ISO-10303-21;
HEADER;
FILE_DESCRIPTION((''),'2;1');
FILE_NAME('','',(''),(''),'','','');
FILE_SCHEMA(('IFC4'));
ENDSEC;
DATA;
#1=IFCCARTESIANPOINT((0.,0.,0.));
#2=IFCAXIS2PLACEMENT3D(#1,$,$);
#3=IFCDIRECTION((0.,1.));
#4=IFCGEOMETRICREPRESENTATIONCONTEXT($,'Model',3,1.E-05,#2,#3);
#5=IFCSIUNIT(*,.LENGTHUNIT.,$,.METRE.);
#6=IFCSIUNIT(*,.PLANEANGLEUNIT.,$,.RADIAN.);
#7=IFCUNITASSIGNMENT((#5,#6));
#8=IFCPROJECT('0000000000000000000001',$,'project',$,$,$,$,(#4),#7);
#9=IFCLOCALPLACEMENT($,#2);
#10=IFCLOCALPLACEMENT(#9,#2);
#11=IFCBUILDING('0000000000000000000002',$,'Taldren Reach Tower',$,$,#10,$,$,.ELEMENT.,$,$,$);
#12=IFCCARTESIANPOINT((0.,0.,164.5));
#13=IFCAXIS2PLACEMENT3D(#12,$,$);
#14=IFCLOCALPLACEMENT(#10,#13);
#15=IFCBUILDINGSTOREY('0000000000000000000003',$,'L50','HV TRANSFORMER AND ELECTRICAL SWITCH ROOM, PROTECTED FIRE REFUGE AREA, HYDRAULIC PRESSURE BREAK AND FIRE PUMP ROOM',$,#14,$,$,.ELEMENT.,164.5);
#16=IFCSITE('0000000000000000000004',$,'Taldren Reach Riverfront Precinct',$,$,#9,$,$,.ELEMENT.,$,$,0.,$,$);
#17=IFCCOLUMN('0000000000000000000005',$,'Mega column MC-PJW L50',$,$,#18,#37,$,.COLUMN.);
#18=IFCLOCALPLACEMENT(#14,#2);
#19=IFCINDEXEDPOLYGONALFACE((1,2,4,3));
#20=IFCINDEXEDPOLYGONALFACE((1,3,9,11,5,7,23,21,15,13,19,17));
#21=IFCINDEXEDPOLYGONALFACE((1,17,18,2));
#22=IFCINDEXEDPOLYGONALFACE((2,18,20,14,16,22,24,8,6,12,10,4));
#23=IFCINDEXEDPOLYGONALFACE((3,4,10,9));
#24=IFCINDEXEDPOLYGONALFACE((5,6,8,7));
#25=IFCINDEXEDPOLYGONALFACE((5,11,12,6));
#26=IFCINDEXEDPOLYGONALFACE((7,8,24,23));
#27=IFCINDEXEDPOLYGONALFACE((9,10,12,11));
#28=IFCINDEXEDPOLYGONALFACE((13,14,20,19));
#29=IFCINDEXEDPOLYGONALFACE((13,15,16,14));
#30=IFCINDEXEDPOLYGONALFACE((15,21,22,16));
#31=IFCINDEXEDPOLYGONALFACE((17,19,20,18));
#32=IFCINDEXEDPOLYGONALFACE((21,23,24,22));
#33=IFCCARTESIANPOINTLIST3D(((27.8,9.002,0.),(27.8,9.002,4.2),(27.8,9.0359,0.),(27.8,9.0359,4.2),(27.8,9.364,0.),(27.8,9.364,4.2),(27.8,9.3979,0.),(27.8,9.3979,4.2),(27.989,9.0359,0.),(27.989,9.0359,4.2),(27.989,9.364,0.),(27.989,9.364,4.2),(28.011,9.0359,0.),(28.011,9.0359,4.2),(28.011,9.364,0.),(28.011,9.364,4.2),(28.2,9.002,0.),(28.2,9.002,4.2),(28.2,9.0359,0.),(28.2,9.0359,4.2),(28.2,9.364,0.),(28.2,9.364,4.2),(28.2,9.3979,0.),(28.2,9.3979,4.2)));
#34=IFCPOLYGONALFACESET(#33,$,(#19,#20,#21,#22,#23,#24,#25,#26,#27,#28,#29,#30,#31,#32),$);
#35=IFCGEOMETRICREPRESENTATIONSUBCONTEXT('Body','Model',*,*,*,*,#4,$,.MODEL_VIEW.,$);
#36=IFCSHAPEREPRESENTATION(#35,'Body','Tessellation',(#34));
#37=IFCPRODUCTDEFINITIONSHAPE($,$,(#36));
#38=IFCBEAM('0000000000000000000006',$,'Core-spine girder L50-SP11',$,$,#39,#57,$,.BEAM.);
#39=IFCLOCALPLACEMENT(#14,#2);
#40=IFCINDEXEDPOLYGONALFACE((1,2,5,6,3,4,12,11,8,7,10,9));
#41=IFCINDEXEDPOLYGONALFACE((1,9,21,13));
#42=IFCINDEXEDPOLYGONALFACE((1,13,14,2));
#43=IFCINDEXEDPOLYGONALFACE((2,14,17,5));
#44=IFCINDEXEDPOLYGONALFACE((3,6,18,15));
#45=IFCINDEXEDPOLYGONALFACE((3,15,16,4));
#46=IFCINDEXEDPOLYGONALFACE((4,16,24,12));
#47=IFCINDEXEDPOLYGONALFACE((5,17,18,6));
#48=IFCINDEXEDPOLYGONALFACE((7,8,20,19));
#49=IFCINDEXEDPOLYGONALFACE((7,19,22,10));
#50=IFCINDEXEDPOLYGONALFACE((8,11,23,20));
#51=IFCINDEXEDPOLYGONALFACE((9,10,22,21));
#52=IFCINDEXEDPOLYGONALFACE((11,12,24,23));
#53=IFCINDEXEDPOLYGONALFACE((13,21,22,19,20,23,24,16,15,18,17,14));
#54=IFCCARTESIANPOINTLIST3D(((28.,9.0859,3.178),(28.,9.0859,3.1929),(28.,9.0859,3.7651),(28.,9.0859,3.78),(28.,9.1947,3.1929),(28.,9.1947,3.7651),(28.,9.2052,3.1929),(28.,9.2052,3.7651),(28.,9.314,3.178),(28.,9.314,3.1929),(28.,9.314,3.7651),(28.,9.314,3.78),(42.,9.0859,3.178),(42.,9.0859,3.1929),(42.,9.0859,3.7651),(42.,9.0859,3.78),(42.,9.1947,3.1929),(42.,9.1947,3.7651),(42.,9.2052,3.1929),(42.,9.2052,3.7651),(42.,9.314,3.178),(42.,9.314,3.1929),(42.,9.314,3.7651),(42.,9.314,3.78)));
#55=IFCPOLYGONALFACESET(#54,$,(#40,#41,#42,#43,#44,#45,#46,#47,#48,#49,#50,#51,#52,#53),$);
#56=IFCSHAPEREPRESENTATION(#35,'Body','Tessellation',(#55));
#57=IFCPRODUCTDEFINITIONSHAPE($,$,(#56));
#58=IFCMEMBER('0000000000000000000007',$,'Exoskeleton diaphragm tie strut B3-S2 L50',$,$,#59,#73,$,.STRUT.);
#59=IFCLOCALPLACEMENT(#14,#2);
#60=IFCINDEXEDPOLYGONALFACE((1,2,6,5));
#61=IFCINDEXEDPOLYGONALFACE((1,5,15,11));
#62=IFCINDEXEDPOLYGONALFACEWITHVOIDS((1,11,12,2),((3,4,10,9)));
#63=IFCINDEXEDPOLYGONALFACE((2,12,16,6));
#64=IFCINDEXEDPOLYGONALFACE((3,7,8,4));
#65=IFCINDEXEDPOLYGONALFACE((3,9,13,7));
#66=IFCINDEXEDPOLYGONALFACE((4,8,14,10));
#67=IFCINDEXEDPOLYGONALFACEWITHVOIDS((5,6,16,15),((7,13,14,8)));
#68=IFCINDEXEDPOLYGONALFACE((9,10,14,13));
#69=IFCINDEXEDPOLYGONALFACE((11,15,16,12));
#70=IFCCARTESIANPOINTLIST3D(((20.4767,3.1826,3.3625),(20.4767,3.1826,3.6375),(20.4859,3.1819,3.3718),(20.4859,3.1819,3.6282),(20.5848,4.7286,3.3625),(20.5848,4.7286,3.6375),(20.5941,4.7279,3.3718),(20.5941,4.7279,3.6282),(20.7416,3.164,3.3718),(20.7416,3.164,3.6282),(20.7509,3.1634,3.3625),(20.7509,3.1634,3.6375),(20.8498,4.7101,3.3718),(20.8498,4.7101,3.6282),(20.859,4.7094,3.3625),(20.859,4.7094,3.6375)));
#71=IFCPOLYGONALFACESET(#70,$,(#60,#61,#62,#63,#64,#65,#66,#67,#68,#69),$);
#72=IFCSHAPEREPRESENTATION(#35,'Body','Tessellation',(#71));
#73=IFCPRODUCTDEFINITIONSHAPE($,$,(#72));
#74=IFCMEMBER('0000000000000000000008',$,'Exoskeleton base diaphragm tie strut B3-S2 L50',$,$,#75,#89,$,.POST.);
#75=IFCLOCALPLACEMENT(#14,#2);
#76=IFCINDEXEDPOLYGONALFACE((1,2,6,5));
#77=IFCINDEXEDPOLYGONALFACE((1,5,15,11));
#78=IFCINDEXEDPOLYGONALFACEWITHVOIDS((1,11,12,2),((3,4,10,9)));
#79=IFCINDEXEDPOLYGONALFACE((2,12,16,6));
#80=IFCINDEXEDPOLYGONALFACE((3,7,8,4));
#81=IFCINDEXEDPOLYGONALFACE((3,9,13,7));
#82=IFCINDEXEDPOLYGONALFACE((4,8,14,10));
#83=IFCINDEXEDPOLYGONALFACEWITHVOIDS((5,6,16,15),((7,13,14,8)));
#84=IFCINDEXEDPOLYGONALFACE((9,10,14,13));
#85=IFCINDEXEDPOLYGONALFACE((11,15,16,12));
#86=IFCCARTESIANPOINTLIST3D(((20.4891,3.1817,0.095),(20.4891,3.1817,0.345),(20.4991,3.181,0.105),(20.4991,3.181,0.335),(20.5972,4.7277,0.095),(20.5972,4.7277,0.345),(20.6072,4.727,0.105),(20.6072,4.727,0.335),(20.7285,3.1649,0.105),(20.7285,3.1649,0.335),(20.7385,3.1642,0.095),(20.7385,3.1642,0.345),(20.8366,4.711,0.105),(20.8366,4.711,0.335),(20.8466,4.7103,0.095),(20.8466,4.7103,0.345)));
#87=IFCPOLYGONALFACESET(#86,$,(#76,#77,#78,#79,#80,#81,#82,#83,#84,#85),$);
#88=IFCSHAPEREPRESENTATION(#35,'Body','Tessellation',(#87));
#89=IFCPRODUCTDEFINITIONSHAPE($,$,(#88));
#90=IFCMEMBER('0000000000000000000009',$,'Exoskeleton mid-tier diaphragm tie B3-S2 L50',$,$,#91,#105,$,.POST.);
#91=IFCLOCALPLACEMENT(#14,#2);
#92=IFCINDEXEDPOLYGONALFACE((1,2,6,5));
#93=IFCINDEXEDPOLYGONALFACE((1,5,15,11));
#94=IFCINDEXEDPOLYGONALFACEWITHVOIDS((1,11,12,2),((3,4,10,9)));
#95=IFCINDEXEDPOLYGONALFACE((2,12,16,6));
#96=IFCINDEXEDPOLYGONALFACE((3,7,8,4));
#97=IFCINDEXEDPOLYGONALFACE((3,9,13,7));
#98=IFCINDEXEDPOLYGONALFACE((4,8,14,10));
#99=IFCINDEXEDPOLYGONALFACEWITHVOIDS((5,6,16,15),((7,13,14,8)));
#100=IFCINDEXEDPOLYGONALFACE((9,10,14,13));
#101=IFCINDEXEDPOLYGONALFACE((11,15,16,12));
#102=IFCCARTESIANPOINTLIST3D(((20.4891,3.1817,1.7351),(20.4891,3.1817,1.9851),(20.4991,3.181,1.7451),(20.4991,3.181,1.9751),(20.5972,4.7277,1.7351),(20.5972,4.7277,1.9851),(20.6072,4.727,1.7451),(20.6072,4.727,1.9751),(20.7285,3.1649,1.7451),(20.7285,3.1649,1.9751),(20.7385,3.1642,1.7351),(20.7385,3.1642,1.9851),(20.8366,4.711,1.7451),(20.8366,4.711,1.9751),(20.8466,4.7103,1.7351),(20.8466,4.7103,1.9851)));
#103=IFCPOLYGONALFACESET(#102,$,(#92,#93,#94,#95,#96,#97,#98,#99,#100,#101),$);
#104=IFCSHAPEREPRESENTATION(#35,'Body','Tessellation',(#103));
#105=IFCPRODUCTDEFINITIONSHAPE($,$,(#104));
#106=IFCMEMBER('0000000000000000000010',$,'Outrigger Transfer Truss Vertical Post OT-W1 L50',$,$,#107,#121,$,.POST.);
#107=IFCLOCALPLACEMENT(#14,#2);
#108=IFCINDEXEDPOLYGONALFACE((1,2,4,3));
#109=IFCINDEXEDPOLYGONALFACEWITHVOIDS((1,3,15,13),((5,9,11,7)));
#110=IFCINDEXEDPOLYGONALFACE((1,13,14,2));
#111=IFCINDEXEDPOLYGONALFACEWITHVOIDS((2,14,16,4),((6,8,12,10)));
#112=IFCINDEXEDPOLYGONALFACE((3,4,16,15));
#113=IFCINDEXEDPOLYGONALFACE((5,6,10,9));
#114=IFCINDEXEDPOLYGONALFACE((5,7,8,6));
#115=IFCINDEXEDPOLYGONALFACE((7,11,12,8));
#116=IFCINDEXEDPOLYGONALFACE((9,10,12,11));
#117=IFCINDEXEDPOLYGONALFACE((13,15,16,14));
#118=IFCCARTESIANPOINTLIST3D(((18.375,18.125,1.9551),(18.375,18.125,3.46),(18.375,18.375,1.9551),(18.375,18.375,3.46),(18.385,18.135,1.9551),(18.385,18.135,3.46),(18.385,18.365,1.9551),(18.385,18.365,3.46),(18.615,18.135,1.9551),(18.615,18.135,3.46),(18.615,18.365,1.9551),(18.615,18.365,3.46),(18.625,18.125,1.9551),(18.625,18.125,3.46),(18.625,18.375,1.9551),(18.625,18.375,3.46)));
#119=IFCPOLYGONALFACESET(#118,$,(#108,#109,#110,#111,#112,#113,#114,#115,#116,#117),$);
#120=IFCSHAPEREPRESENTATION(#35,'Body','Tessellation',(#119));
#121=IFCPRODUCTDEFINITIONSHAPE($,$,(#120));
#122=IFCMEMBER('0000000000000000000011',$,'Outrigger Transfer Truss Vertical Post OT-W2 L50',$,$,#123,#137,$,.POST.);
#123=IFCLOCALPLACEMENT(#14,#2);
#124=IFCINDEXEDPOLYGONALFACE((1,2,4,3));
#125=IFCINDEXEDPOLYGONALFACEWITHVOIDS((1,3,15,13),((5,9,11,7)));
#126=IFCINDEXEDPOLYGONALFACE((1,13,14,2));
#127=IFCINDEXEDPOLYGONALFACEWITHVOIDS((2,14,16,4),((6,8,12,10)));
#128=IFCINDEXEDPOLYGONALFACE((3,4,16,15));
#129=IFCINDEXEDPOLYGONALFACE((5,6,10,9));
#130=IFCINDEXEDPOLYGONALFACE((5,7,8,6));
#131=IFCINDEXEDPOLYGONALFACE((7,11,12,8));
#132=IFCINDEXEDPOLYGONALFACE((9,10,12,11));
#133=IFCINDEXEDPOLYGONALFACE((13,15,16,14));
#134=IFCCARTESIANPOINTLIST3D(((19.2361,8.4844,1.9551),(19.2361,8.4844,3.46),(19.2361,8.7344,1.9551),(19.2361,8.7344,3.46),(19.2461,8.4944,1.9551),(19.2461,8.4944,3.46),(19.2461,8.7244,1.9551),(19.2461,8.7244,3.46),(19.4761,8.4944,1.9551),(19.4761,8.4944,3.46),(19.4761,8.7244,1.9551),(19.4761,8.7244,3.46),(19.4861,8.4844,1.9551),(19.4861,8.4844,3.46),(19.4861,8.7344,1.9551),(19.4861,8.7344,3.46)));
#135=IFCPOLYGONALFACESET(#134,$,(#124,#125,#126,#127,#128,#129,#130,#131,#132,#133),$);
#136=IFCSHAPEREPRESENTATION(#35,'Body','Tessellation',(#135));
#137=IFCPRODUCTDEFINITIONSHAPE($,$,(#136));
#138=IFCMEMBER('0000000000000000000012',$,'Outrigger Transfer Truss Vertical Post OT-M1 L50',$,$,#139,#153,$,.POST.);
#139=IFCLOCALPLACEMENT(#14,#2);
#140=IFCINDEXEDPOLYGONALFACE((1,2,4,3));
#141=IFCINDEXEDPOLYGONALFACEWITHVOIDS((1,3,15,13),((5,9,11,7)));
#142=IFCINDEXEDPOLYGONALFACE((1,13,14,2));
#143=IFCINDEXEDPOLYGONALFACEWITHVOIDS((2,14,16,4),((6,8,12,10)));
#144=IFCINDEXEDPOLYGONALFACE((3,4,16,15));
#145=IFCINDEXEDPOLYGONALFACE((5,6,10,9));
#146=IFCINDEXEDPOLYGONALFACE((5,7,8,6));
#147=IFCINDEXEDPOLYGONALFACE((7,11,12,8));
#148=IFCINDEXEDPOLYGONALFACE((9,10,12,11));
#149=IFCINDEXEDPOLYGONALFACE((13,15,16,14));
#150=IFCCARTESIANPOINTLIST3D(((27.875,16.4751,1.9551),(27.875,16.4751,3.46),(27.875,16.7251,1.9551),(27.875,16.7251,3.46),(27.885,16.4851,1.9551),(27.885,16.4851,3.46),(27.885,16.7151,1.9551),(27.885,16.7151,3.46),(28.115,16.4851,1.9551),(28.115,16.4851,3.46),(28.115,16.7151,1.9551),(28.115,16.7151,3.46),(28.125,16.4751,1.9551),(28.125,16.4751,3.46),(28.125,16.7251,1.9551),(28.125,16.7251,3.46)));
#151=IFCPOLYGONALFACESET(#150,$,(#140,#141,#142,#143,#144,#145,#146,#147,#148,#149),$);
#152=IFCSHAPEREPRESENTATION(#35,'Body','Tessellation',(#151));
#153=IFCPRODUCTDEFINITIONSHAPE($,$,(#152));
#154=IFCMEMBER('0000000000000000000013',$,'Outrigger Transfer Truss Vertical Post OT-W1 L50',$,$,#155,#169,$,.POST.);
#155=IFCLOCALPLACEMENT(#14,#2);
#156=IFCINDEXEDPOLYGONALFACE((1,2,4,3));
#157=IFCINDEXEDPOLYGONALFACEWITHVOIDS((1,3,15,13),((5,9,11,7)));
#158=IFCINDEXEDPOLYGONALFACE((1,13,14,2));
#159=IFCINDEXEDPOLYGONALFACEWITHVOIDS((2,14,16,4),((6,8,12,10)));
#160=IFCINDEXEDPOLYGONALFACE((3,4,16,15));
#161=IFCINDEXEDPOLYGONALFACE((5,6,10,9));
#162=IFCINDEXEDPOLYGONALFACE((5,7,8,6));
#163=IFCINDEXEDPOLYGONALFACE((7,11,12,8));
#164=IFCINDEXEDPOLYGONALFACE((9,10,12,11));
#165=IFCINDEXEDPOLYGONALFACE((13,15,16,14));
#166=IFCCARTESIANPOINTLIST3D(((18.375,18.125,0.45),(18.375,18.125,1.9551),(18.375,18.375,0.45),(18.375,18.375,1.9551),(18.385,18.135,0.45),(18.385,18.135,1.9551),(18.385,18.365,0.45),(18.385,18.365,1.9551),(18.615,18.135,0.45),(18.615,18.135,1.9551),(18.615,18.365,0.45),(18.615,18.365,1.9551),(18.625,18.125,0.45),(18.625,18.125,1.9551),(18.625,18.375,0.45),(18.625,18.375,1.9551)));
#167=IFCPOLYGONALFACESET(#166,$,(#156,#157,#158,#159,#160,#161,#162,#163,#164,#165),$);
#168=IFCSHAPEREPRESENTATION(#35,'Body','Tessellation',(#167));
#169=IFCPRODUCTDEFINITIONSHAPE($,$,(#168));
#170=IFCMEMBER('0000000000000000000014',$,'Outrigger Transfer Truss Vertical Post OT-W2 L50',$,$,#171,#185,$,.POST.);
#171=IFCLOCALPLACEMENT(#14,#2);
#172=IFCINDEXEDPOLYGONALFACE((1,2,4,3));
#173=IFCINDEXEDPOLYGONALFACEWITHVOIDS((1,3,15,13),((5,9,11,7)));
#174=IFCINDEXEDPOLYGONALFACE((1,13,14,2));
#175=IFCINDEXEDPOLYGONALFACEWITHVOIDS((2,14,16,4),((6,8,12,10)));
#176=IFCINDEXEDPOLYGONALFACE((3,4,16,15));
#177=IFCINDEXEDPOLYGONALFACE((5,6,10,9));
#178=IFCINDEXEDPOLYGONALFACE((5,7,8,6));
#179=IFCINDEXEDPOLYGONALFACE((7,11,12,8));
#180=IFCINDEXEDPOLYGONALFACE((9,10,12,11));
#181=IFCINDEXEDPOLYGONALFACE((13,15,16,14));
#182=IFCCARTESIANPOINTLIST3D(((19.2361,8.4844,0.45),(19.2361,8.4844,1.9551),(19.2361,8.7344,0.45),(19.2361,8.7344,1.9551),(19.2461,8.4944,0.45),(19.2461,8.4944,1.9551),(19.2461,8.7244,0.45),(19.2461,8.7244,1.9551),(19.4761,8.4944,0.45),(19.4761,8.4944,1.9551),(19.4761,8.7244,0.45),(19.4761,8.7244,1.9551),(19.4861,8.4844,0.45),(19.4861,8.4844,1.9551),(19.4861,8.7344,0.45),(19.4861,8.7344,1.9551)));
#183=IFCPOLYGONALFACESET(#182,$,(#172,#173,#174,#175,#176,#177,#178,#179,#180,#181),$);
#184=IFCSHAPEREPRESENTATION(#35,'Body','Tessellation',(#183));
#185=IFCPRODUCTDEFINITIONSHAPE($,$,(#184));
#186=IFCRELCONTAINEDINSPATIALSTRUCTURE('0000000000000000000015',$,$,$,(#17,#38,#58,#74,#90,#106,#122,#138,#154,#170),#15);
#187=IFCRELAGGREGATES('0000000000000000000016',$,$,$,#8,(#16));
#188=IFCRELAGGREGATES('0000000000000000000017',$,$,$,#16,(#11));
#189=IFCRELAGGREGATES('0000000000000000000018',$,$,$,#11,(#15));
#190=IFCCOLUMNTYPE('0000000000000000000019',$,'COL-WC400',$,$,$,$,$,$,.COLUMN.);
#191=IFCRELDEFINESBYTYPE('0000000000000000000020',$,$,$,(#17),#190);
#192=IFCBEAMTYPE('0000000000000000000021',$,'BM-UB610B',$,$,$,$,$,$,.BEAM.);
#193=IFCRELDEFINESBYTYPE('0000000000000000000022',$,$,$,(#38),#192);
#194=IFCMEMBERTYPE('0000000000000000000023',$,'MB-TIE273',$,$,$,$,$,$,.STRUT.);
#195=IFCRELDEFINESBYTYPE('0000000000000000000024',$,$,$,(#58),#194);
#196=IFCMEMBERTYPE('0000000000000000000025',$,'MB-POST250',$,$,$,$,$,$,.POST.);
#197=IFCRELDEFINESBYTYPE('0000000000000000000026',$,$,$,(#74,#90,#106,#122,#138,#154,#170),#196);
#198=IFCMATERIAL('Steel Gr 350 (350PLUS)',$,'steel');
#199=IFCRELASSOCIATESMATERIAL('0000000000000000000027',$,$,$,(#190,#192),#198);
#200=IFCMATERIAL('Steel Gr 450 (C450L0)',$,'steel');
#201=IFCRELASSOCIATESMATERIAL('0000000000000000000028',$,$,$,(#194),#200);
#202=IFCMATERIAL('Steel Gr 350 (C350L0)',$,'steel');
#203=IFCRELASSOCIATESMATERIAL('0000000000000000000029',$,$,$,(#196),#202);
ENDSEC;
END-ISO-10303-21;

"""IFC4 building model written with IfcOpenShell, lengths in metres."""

from ifc_helpers import new_model, si_unit, direction, frame, origin, origin_2d, place, context, subcontext, project, spatial, hollow_rectangle, i_section, extrude, source, transform, mapped, material, material_profile, profile_set, type_object, element, save


model = new_model("IFC4")

# Units and contexts
model_context = context("Model", 3, precision=1e-05, world=origin(), true_north=direction((0.0, 1.0)))
body_context = subcontext(model_context, "Body", "Model", "MODEL_VIEW")
ifc_project = project(units=[si_unit("LENGTHUNIT", "METRE"), si_unit("PLANEANGLEUNIT", "RADIAN")], contexts=[model_context])

# Site, building, storey
site_placement = place(None, origin())
site = spatial("IfcSite", under=ifc_project, at=site_placement, Name="Taldren Reach Riverfront Precinct", CompositionType="ELEMENT", RefElevation=0.0)
building_placement = place(site_placement, origin())
building = spatial("IfcBuilding", under=site, at=building_placement, Name="Taldren Reach Tower", CompositionType="ELEMENT")
storey_placement = place(building_placement, frame((0.0, 0.0, 164.5)))
storey = spatial("IfcBuildingStorey", under=building, at=storey_placement, Name="L50", Description="HV TRANSFORMER AND ELECTRICAL SWITCH ROOM, PROTECTED FIRE REFUGE AREA, HYDRAULIC PRESSURE BREAK AND FIRE PUMP ROOM", CompositionType="ELEMENT", Elevation=164.5)

# Column
ifc_material_1 = material(Name="Steel Gr 350 (350PLUS)", Category="steel")
ifc_material_profile_1 = material_profile(ifc_material_1, i_section(OverallWidth=0.3999, OverallDepth=0.396, WebThickness=0.022, FlangeThickness=0.0339, at=origin_2d()), Name="400WC270")
ifc_profile_set_1 = profile_set([ifc_material_profile_1], Name="Steel Gr 350 (350PLUS)")
column_type = type_object("IfcColumnType", Name="COL-WC400", PredefinedType="COLUMN", material=ifc_profile_set_1)
shared_shape_1 = source(origin(), body_context, "Body", "SweptSolid", [
    extrude(i_section(OverallWidth=0.3999, OverallDepth=0.396, WebThickness=0.022, FlangeThickness=0.0339, at=origin_2d()), origin(), (0.0, 0.0, 1.0), 4.2),
])
column_placement = place(storey_placement, frame((28.0, 9.2, 0.0), z_axis=(0.0, 0.0, 1.0), x_axis=(1.0, 0.0, 0.0)))
element("IfcColumn", 1, at=column_placement, inside=storey, type_object=column_type, Name="Mega column MC-PJW L50", PredefinedType="COLUMN", context=body_context, shape_type="MappedRepresentation", body=[
    mapped(shared_shape_1, transform((0.0, 0.0, 0.0), scale=1.0)),
])

# Beam
ifc_material_profile_2 = material_profile(ifc_material_1, i_section(OverallWidth=0.228, OverallDepth=0.6021, WebThickness=0.0105, FlangeThickness=0.0149, at=origin_2d()), Name="610UB101")
ifc_profile_set_2 = profile_set([ifc_material_profile_2], Name="Steel Gr 350 (350PLUS)")
beam_type_1 = type_object("IfcBeamType", Name="BM-UB610B", PredefinedType="BEAM", material=ifc_profile_set_2)
shared_shape_2 = source(origin(), body_context, "Body", "SweptSolid", [
    extrude(i_section(OverallWidth=0.228, OverallDepth=0.6021, WebThickness=0.0105, FlangeThickness=0.0149, at=origin_2d()), origin(), (0.0, 0.0, 1.0), 14.0),
])
beam_1_placement = place(storey_placement, frame((28.0, 9.2, 3.479), z_axis=(1.0, 0.0, 0.0), x_axis=(0.0, 1.0, 0.0)))
element("IfcBeam", 2, at=beam_1_placement, inside=storey, type_object=beam_type_1, Name="Core-spine girder L50-SP11", PredefinedType="BEAM", context=body_context, shape_type="MappedRepresentation", body=[
    mapped(shared_shape_2, transform((0.0, 0.0, 0.0), scale=1.0)),
])

# Members
ifc_material_2 = material(Name="Steel Gr 450 (C450L0)", Category="steel")
ifc_material_profile_3 = material_profile(ifc_material_2, hollow_rectangle(XDim=0.2749, YDim=0.2749, WallThickness=0.0093, at=origin_2d()), Name="275x275x9.3SHS")
ifc_profile_set_3 = profile_set([ifc_material_profile_3], Name="Steel Gr 450 (C450L0)")
member_type_1 = type_object("IfcMemberType", Name="MB-TIE273", PredefinedType="STRUT", material=ifc_profile_set_3)
shared_shape_3 = source(origin(), body_context, "Body", "SweptSolid", [
    extrude(hollow_rectangle(XDim=0.2749, YDim=0.2749, WallThickness=0.0093, at=origin_2d()), origin(), (0.0, 0.0, 1.0), 1.5498),
])
member_1_placement = place(storey_placement, frame((20.7219, 4.719, 3.5), z_axis=(-0.069781, -0.997562, 0.0), x_axis=(0.997562, -0.069781, 0.0)))
element("IfcMember", 3, at=member_1_placement, inside=storey, type_object=member_type_1, Name="Exoskeleton diaphragm tie strut B3-S2 L50", PredefinedType="STRUT", context=body_context, shape_type="MappedRepresentation", body=[
    mapped(shared_shape_3, transform((0.0, 0.0, 0.0), scale=1.0)),
])
ifc_material_3 = material(Name="Steel Gr 350 (C350L0)", Category="steel")
ifc_material_profile_4 = material_profile(ifc_material_3, hollow_rectangle(XDim=0.25, YDim=0.25, WallThickness=0.01, at=origin_2d()), Name="250x250x10.0SHS")
ifc_profile_set_4 = profile_set([ifc_material_profile_4], Name="Steel Gr 350 (C350L0)")
member_type_2 = type_object("IfcMemberType", Name="MB-POST250", PredefinedType="POST", material=ifc_profile_set_4)
shared_shape_4 = source(origin(), body_context, "Body", "SweptSolid", [
    extrude(hollow_rectangle(XDim=0.25, YDim=0.25, WallThickness=0.01, at=origin_2d()), origin(), (0.0, 0.0, 1.0), 1.5498),
])
for number, where, z_axis, x_axis, name in (
    (4, (20.7219, 4.719, 0.22), (-0.069781, -0.997562, 0.0), (0.997562, -0.069781, 0.0), "Exoskeleton base diaphragm tie strut B3-S2 L50"),
    (5, (20.7219, 4.719, 1.8601), (-0.069781, -0.997562, 0.0), (0.997562, -0.069781, 0.0), "Exoskeleton mid-tier diaphragm tie B3-S2 L50"),
):
    element("IfcMember", number, at=place(storey_placement, frame(where, z_axis=z_axis, x_axis=x_axis)), inside=storey, type_object=member_type_2, Name=name, PredefinedType="POST", context=body_context, shape_type="MappedRepresentation", body=[
        mapped(shared_shape_4, transform((0.0, 0.0, 0.0), scale=1.0)),
    ])
shared_shape_5 = source(origin(), body_context, "Body", "SweptSolid", [
    extrude(hollow_rectangle(XDim=0.25, YDim=0.25, WallThickness=0.01, at=origin_2d()), origin(), (0.0, 0.0, 1.0), 1.5049),
])
for number, where, z_axis, x_axis, name in (
    (6, (18.5, 18.25, 1.9551), (0.0, 0.0, 1.0), (1.0, 0.0, 0.0), "Outrigger Transfer Truss Vertical Post OT-W1 L50"),
    (7, (19.3611, 8.6094, 1.9551), (0.0, 0.0, 1.0), (1.0, 0.0, 0.0), "Outrigger Transfer Truss Vertical Post OT-W2 L50"),
    (8, (28.0, 16.6001, 1.9551), (0.0, 0.0, 1.0), (1.0, 0.0, 0.0), "Outrigger Transfer Truss Vertical Post OT-M1 L50"),
):
    element("IfcMember", number, at=place(storey_placement, frame(where, z_axis=z_axis, x_axis=x_axis)), inside=storey, type_object=member_type_2, Name=name, PredefinedType="POST", context=body_context, shape_type="MappedRepresentation", body=[
        mapped(shared_shape_5, transform((0.0, 0.0, 0.0), scale=1.0)),
    ])
shared_shape_6 = source(origin(), body_context, "Body", "SweptSolid", [
    extrude(hollow_rectangle(XDim=0.25, YDim=0.25, WallThickness=0.01, at=origin_2d()), origin(), (0.0, 0.0, 1.0), 1.5051),
])
for number, where, z_axis, x_axis, name in (
    (9, (18.5, 18.25, 0.45), (0.0, 0.0, 1.0), (1.0, 0.0, 0.0), "Outrigger Transfer Truss Vertical Post OT-W1 L50"),
    (10, (19.3611, 8.6094, 0.45), (0.0, 0.0, 1.0), (1.0, 0.0, 0.0), "Outrigger Transfer Truss Vertical Post OT-W2 L50"),
):
    element("IfcMember", number, at=place(storey_placement, frame(where, z_axis=z_axis, x_axis=x_axis)), inside=storey, type_object=member_type_2, Name=name, PredefinedType="POST", context=body_context, shape_type="MappedRepresentation", body=[
        mapped(shared_shape_6, transform((0.0, 0.0, 0.0), scale=1.0)),
    ])

save(model, "model.ifc")
